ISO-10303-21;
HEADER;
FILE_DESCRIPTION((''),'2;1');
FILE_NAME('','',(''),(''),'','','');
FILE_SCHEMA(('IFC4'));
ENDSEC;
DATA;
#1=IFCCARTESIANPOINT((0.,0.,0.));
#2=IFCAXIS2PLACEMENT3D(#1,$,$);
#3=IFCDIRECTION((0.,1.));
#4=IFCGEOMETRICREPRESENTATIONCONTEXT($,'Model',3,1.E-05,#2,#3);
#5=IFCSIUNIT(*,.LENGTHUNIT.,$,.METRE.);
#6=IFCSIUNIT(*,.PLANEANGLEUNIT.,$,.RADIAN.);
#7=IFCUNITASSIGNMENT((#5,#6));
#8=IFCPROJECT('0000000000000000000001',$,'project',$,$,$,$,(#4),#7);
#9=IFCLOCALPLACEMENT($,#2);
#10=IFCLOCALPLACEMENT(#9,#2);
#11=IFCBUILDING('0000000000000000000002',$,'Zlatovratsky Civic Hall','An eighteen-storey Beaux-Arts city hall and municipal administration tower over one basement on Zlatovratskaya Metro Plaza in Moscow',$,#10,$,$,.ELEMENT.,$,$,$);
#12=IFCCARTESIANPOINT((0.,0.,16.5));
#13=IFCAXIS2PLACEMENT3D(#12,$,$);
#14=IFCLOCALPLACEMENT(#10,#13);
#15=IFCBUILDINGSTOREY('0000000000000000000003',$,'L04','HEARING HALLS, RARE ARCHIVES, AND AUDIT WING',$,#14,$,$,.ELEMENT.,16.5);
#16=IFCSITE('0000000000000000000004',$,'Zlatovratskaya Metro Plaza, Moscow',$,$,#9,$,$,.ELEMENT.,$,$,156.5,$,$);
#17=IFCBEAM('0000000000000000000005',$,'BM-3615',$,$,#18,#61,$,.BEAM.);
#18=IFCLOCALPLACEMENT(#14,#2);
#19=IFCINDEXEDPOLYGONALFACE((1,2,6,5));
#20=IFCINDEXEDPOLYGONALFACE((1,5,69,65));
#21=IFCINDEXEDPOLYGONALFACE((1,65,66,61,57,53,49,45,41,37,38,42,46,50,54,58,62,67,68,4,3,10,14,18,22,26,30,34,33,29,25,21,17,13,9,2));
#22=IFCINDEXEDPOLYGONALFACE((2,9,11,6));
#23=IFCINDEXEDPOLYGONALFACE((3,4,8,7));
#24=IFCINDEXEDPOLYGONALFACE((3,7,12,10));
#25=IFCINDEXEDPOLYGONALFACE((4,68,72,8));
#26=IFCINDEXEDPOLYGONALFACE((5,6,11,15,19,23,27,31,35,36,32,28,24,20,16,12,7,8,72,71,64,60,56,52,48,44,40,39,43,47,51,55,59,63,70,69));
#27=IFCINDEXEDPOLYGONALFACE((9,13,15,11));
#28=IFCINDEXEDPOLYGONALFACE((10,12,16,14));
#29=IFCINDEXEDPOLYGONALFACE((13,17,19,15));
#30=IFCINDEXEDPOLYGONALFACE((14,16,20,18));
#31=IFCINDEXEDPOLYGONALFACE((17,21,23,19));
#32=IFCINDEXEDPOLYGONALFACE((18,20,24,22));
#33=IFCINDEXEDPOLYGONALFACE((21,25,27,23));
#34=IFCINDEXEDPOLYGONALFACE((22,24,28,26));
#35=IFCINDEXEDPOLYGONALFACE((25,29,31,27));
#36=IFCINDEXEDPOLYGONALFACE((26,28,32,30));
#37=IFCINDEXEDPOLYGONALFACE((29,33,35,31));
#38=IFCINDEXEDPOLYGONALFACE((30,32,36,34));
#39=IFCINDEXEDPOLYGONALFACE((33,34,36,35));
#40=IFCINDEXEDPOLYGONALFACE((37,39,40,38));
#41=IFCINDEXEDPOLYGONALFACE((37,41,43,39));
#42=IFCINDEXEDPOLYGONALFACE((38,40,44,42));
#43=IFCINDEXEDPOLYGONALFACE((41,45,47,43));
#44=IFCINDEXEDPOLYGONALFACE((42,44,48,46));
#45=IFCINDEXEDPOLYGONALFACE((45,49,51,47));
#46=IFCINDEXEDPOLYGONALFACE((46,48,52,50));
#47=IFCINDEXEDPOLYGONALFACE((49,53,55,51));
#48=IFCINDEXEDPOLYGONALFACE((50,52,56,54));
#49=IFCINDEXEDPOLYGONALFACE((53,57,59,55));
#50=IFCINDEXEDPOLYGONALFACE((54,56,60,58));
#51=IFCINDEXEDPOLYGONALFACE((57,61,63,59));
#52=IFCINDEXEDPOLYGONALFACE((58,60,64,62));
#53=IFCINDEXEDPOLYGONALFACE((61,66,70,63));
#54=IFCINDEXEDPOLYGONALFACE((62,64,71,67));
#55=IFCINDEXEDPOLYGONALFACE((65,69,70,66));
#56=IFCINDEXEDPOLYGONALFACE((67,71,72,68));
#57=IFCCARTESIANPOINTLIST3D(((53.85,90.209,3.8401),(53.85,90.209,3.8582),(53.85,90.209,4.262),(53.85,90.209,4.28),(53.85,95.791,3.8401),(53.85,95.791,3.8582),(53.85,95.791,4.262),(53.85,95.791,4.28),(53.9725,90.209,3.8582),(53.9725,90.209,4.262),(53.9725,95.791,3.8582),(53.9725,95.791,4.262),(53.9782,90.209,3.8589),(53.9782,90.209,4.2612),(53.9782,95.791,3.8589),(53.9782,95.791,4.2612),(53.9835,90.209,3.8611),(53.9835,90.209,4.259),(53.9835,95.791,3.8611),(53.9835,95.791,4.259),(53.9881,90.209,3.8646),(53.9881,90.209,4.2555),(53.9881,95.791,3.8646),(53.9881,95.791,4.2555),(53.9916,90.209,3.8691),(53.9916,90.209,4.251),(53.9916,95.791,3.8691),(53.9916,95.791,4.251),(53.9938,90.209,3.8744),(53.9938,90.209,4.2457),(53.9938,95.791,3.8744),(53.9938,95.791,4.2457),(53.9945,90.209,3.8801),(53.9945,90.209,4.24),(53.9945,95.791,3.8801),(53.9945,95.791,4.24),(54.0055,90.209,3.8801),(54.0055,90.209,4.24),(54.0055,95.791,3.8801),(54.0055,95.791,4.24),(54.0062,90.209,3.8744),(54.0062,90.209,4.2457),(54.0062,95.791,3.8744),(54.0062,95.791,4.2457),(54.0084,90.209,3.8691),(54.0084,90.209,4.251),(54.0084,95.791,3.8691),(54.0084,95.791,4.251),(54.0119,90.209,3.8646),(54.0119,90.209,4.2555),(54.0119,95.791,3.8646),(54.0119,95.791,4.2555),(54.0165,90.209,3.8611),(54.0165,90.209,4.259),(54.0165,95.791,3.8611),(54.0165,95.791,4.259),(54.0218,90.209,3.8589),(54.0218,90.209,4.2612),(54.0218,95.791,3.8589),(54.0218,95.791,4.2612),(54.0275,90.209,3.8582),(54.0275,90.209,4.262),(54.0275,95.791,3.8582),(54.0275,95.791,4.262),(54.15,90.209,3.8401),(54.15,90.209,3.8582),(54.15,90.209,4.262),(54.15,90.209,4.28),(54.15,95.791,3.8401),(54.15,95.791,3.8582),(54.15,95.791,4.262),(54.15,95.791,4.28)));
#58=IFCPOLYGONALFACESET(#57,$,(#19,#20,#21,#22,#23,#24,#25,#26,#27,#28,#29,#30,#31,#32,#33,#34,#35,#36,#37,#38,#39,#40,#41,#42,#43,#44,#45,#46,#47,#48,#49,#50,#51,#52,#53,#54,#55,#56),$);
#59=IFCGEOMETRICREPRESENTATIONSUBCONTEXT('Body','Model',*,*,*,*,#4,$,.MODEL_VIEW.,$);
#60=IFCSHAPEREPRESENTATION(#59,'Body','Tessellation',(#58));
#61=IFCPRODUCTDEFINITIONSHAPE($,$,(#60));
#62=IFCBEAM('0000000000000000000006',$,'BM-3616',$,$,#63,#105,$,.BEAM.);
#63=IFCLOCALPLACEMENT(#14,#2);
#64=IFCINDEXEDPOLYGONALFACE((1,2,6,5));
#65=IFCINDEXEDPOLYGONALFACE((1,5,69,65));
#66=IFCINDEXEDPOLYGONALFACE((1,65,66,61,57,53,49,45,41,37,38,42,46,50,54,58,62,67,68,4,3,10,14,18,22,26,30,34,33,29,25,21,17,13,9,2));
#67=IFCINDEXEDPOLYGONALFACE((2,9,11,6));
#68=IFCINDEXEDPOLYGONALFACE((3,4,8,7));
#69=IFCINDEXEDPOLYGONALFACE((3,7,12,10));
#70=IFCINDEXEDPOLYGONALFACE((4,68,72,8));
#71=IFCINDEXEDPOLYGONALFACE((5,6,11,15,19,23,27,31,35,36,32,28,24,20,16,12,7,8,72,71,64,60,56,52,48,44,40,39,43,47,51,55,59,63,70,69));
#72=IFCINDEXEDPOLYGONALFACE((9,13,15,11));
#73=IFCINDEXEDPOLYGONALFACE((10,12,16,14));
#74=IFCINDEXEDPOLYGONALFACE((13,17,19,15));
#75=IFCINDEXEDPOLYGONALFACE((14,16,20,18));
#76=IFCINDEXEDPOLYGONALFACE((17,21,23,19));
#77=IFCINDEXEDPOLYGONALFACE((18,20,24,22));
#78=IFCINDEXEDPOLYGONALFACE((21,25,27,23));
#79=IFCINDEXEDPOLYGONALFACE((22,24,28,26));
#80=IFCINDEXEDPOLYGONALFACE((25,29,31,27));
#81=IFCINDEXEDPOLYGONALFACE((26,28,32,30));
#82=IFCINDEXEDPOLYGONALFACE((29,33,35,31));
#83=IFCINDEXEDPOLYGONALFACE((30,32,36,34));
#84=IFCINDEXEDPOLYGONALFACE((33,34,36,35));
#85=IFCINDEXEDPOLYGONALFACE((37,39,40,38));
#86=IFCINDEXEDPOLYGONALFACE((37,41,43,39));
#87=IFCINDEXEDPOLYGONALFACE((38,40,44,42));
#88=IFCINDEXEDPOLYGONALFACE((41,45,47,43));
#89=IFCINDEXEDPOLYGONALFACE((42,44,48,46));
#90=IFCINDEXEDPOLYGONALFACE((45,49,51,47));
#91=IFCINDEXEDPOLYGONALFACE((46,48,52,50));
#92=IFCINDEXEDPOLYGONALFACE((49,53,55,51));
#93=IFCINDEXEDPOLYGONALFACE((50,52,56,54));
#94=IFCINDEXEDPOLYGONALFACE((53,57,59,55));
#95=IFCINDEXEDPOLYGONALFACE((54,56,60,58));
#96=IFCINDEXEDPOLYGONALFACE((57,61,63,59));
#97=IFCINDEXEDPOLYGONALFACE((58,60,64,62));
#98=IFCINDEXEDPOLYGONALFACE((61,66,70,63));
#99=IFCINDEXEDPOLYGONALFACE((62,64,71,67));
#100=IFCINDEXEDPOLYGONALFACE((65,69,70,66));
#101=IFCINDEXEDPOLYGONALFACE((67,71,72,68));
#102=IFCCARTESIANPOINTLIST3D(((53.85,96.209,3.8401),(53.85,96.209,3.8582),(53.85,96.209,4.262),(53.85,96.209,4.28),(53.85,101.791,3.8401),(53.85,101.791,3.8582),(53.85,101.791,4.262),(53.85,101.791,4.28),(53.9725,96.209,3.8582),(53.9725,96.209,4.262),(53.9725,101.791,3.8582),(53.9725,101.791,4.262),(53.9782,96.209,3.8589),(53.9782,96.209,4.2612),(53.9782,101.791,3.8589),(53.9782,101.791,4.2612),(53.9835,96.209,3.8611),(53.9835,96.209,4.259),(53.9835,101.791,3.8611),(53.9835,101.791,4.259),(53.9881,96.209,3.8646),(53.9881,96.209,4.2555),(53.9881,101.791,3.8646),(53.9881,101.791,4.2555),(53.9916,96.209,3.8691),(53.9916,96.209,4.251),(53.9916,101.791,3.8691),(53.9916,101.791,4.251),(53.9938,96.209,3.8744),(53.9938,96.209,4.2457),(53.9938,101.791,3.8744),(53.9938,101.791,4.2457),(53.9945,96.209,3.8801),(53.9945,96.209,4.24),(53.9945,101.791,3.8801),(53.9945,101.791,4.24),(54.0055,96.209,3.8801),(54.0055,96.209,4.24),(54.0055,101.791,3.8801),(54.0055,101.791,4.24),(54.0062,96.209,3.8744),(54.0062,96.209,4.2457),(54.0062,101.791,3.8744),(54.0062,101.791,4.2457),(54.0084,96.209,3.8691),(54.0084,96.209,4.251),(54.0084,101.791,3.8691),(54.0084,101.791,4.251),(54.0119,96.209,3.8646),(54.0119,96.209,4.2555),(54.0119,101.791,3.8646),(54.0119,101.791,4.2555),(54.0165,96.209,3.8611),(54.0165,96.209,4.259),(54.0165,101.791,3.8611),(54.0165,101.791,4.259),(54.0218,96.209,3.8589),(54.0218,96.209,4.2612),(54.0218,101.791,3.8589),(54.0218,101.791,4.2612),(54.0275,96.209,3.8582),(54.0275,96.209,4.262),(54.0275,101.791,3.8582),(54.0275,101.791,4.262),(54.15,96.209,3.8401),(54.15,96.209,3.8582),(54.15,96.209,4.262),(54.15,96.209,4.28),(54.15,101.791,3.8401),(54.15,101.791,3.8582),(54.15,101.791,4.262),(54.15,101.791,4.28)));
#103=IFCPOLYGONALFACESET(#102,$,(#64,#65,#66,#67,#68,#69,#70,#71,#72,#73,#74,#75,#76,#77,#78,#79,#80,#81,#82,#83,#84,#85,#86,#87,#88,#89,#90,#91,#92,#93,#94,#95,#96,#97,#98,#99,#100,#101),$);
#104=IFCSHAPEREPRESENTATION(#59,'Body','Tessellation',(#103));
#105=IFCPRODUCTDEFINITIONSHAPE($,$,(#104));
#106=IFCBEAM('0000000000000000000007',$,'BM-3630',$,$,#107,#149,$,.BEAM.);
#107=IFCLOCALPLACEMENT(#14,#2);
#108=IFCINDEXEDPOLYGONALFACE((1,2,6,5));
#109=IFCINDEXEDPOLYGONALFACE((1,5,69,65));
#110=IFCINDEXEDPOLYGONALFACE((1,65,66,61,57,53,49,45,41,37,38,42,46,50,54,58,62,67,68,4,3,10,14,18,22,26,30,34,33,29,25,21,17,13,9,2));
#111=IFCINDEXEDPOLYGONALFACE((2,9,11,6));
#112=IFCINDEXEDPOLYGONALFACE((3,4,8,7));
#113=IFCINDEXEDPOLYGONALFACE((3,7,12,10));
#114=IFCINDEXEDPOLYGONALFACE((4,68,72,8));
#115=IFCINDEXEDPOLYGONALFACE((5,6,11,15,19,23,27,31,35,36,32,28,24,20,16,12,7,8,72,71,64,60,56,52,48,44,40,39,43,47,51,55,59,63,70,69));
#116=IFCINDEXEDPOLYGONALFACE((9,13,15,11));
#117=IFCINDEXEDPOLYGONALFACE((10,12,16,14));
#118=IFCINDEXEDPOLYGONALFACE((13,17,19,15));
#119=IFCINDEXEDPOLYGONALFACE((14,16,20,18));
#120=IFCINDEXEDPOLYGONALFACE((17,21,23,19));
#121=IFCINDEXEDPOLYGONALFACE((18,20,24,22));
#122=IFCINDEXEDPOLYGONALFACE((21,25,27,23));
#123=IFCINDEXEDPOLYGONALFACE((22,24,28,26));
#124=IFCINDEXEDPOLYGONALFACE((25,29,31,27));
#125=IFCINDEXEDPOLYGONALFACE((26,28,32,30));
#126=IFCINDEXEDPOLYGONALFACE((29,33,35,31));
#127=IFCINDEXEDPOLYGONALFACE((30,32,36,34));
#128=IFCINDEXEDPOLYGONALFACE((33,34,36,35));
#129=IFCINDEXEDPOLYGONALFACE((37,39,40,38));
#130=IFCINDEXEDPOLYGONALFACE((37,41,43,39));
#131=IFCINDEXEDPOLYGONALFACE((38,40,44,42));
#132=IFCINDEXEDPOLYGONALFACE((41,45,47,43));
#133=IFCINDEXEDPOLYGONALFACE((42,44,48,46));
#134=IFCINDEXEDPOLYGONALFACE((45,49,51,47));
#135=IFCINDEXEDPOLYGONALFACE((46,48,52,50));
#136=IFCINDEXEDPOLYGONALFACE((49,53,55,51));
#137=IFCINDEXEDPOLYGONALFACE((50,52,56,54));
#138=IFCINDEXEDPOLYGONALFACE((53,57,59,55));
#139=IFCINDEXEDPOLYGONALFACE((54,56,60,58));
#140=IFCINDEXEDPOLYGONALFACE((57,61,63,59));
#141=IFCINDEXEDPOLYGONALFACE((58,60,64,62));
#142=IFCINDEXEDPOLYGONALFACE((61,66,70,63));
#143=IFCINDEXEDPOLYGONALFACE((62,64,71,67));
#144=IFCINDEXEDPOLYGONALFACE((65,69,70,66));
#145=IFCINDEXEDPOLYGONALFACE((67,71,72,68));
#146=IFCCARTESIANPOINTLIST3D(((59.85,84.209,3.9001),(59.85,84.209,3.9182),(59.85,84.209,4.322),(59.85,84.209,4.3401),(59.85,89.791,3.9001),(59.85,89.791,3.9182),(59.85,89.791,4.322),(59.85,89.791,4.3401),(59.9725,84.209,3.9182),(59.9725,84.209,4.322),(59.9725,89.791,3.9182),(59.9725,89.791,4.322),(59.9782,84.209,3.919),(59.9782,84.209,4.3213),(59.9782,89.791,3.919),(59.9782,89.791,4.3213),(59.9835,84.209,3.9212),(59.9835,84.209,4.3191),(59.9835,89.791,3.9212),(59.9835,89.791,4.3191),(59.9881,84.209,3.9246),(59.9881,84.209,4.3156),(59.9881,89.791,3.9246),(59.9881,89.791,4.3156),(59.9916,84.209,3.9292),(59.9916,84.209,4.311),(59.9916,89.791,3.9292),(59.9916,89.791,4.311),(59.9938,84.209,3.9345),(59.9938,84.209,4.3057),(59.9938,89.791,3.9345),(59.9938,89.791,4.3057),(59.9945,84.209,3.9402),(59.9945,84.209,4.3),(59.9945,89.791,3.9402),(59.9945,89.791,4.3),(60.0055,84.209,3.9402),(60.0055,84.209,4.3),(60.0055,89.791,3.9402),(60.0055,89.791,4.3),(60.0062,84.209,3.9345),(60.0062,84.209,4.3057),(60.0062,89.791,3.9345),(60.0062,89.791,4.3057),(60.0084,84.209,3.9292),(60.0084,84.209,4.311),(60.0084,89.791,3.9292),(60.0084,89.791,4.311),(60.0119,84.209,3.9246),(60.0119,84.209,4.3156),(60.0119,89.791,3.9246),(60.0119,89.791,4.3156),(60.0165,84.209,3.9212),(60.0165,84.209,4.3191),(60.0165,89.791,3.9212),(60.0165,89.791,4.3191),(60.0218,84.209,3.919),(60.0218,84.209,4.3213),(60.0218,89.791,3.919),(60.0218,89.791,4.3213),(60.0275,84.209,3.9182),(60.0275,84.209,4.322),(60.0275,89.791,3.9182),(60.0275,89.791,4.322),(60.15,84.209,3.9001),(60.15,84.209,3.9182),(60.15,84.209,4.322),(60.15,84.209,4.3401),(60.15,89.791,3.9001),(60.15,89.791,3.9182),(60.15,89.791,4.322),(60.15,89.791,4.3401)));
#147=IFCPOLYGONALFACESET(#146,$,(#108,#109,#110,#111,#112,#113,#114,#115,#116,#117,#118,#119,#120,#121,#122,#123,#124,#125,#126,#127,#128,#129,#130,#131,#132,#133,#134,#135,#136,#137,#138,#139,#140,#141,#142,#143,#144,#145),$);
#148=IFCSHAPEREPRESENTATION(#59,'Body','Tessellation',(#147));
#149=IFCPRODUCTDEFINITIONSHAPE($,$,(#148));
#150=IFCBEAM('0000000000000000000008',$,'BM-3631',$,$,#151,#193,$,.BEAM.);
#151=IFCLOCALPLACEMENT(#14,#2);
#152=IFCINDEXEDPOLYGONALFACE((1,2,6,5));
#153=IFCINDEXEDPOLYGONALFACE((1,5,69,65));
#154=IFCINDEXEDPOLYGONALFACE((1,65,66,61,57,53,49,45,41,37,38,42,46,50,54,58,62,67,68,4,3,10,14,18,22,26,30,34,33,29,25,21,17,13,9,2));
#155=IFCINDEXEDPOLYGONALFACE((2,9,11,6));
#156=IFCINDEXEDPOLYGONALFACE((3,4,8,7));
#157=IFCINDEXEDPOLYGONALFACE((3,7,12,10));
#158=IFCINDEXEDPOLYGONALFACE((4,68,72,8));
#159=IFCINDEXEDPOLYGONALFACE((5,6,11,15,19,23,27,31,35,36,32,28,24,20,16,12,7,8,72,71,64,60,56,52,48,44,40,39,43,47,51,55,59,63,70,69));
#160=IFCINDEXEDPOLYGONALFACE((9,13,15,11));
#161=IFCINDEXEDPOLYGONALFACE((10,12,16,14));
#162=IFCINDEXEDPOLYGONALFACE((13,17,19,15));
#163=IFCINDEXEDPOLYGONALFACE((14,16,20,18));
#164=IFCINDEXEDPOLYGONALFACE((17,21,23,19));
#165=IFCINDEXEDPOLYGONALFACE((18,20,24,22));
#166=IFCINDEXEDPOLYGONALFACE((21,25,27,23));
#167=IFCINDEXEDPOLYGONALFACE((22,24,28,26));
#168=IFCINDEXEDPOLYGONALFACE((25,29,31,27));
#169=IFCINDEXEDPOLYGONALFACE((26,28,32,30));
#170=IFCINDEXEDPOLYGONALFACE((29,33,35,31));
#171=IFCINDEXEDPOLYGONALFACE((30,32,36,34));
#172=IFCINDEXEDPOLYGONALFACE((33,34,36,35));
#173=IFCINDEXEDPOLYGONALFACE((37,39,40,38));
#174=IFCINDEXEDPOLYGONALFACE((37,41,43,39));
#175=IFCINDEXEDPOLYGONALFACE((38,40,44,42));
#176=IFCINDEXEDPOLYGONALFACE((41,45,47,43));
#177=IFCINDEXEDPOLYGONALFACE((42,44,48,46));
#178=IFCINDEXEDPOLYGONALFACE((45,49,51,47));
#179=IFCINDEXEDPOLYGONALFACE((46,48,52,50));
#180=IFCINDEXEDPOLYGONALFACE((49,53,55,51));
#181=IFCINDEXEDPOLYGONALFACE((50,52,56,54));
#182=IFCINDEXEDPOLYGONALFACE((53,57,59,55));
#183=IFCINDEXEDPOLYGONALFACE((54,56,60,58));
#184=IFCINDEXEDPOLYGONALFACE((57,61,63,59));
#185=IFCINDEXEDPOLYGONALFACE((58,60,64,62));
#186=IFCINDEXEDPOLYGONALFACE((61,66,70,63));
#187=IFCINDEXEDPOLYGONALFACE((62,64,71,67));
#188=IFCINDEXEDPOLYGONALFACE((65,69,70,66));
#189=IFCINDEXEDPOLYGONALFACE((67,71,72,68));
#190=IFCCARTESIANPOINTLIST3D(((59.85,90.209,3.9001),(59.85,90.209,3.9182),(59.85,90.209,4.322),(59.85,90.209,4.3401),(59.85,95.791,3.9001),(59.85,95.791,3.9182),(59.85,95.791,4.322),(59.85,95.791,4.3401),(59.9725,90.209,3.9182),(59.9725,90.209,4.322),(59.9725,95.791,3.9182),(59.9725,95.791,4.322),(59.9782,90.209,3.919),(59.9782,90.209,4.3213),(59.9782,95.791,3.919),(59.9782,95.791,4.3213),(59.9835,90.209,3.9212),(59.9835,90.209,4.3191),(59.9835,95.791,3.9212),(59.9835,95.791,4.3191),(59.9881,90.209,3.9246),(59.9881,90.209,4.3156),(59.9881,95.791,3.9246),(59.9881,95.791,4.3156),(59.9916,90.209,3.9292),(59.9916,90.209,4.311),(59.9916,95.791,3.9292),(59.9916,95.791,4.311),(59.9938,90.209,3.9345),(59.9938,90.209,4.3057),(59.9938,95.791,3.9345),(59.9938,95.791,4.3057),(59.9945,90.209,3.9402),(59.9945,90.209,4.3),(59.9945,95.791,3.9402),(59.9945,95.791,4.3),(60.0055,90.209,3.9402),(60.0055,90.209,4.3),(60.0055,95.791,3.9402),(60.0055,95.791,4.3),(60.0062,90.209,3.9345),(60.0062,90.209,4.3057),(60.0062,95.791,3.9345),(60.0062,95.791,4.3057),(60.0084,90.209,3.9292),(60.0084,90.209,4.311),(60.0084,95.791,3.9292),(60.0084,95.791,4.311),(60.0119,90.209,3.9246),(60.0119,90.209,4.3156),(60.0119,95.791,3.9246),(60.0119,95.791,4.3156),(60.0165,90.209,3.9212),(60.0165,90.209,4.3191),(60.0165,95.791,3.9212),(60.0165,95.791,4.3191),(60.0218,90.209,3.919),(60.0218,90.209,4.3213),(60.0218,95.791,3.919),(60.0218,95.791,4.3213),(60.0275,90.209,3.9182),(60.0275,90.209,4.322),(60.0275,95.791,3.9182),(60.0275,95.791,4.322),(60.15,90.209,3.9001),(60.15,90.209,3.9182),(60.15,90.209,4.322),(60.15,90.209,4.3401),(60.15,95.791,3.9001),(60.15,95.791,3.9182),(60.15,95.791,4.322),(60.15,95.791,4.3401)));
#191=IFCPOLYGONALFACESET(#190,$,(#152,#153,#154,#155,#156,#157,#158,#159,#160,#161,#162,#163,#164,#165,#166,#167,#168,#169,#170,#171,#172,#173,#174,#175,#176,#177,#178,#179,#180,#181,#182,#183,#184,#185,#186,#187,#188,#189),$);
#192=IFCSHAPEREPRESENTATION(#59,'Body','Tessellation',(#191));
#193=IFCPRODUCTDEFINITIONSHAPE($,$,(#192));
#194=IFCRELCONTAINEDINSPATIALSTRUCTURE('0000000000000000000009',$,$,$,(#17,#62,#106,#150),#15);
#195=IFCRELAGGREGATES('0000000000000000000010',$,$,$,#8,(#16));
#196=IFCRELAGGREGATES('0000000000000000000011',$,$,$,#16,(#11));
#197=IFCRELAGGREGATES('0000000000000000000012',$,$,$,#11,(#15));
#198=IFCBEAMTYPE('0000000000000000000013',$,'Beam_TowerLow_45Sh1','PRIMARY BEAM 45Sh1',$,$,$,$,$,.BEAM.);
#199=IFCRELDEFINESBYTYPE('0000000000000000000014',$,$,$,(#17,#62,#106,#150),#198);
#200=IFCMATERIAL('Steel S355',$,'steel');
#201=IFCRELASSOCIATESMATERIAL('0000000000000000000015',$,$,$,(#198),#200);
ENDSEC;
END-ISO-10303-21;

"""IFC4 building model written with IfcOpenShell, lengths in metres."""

from ifc_helpers import new_model, si_unit, direction, frame, origin, origin_2d, place, context, subcontext, project, spatial, i_section, extrude, material, material_profile, profile_set, type_object, element, save


model = new_model("IFC4")

# Units and contexts
model_context = context("Model", 3, precision=1e-05, world=origin(), true_north=direction((0.0, 1.0)))
body_context = subcontext(model_context, "Body", "Model", "MODEL_VIEW")
ifc_project = project(units=[si_unit("LENGTHUNIT", "METRE"), si_unit("PLANEANGLEUNIT", "RADIAN")], contexts=[model_context])

# Site, building, storey
site_placement = place(None, origin())
site = spatial("IfcSite", under=ifc_project, at=site_placement, Name="Zlatovratskaya Metro Plaza, Moscow", CompositionType="ELEMENT", RefElevation=156.5)
building_placement = place(site_placement, origin())
building = spatial("IfcBuilding", under=site, at=building_placement, Name="Zlatovratsky Civic Hall", Description="An eighteen-storey Beaux-Arts city hall and municipal administration tower over one basement on Zlatovratskaya Metro Plaza in Moscow", CompositionType="ELEMENT")
storey_placement = place(building_placement, frame((0.0, 0.0, 16.5)))
storey = spatial("IfcBuildingStorey", under=building, at=storey_placement, Name="L04", Description="HEARING HALLS, RARE ARCHIVES, AND AUDIT WING", CompositionType="ELEMENT", Elevation=16.5)

# Shared definitions
ifc_material_1 = material(Name="Steel S355", Category="steel")

# Beams
ifc_material_profile_1 = material_profile(ifc_material_1, i_section(OverallWidth=0.3, OverallDepth=0.4399, WebThickness=0.011, FlangeThickness=0.0181, FilletRadius=0.022, at=origin_2d()), Name="45Sh1")
ifc_profile_set_1 = profile_set([ifc_material_profile_1], Name="Steel S355")
beam_type_1 = type_object("IfcBeamType", Name="Beam_TowerLow_45Sh1", Description="PRIMARY BEAM 45Sh1", PredefinedType="BEAM", material=ifc_profile_set_1)
for number, where, z_axis, x_axis, name in (
    (1, (54.0, 90.209, 4.0601), (0.0, 1.0, 0.0), (-1.0, 0.0, 0.0), "BM-3615"),
    (2, (54.0, 96.209, 4.0601), (0.0, 1.0, 0.0), (-1.0, 0.0, 0.0), "BM-3616"),
    (3, (60.0, 84.209, 4.1201), (0.0, 1.0, 0.0), (-1.0, 0.0, 0.0), "BM-3630"),
    (4, (60.0, 90.209, 4.1201), (0.0, 1.0, 0.0), (-1.0, 0.0, 0.0), "BM-3631"),
):
    element("IfcBeam", number, at=place(storey_placement, frame(where, z_axis=z_axis, x_axis=x_axis)), inside=storey, type_object=beam_type_1, Name=name, PredefinedType="BEAM", context=body_context, shape_type="SweptSolid", body=[
        extrude(i_section(OverallWidth=0.3, OverallDepth=0.4399, WebThickness=0.011, FlangeThickness=0.0181, FilletRadius=0.022, at=origin_2d()), origin(), (0.0, 0.0, 1.0), 5.582),
    ])

save(model, "model.ifc")
